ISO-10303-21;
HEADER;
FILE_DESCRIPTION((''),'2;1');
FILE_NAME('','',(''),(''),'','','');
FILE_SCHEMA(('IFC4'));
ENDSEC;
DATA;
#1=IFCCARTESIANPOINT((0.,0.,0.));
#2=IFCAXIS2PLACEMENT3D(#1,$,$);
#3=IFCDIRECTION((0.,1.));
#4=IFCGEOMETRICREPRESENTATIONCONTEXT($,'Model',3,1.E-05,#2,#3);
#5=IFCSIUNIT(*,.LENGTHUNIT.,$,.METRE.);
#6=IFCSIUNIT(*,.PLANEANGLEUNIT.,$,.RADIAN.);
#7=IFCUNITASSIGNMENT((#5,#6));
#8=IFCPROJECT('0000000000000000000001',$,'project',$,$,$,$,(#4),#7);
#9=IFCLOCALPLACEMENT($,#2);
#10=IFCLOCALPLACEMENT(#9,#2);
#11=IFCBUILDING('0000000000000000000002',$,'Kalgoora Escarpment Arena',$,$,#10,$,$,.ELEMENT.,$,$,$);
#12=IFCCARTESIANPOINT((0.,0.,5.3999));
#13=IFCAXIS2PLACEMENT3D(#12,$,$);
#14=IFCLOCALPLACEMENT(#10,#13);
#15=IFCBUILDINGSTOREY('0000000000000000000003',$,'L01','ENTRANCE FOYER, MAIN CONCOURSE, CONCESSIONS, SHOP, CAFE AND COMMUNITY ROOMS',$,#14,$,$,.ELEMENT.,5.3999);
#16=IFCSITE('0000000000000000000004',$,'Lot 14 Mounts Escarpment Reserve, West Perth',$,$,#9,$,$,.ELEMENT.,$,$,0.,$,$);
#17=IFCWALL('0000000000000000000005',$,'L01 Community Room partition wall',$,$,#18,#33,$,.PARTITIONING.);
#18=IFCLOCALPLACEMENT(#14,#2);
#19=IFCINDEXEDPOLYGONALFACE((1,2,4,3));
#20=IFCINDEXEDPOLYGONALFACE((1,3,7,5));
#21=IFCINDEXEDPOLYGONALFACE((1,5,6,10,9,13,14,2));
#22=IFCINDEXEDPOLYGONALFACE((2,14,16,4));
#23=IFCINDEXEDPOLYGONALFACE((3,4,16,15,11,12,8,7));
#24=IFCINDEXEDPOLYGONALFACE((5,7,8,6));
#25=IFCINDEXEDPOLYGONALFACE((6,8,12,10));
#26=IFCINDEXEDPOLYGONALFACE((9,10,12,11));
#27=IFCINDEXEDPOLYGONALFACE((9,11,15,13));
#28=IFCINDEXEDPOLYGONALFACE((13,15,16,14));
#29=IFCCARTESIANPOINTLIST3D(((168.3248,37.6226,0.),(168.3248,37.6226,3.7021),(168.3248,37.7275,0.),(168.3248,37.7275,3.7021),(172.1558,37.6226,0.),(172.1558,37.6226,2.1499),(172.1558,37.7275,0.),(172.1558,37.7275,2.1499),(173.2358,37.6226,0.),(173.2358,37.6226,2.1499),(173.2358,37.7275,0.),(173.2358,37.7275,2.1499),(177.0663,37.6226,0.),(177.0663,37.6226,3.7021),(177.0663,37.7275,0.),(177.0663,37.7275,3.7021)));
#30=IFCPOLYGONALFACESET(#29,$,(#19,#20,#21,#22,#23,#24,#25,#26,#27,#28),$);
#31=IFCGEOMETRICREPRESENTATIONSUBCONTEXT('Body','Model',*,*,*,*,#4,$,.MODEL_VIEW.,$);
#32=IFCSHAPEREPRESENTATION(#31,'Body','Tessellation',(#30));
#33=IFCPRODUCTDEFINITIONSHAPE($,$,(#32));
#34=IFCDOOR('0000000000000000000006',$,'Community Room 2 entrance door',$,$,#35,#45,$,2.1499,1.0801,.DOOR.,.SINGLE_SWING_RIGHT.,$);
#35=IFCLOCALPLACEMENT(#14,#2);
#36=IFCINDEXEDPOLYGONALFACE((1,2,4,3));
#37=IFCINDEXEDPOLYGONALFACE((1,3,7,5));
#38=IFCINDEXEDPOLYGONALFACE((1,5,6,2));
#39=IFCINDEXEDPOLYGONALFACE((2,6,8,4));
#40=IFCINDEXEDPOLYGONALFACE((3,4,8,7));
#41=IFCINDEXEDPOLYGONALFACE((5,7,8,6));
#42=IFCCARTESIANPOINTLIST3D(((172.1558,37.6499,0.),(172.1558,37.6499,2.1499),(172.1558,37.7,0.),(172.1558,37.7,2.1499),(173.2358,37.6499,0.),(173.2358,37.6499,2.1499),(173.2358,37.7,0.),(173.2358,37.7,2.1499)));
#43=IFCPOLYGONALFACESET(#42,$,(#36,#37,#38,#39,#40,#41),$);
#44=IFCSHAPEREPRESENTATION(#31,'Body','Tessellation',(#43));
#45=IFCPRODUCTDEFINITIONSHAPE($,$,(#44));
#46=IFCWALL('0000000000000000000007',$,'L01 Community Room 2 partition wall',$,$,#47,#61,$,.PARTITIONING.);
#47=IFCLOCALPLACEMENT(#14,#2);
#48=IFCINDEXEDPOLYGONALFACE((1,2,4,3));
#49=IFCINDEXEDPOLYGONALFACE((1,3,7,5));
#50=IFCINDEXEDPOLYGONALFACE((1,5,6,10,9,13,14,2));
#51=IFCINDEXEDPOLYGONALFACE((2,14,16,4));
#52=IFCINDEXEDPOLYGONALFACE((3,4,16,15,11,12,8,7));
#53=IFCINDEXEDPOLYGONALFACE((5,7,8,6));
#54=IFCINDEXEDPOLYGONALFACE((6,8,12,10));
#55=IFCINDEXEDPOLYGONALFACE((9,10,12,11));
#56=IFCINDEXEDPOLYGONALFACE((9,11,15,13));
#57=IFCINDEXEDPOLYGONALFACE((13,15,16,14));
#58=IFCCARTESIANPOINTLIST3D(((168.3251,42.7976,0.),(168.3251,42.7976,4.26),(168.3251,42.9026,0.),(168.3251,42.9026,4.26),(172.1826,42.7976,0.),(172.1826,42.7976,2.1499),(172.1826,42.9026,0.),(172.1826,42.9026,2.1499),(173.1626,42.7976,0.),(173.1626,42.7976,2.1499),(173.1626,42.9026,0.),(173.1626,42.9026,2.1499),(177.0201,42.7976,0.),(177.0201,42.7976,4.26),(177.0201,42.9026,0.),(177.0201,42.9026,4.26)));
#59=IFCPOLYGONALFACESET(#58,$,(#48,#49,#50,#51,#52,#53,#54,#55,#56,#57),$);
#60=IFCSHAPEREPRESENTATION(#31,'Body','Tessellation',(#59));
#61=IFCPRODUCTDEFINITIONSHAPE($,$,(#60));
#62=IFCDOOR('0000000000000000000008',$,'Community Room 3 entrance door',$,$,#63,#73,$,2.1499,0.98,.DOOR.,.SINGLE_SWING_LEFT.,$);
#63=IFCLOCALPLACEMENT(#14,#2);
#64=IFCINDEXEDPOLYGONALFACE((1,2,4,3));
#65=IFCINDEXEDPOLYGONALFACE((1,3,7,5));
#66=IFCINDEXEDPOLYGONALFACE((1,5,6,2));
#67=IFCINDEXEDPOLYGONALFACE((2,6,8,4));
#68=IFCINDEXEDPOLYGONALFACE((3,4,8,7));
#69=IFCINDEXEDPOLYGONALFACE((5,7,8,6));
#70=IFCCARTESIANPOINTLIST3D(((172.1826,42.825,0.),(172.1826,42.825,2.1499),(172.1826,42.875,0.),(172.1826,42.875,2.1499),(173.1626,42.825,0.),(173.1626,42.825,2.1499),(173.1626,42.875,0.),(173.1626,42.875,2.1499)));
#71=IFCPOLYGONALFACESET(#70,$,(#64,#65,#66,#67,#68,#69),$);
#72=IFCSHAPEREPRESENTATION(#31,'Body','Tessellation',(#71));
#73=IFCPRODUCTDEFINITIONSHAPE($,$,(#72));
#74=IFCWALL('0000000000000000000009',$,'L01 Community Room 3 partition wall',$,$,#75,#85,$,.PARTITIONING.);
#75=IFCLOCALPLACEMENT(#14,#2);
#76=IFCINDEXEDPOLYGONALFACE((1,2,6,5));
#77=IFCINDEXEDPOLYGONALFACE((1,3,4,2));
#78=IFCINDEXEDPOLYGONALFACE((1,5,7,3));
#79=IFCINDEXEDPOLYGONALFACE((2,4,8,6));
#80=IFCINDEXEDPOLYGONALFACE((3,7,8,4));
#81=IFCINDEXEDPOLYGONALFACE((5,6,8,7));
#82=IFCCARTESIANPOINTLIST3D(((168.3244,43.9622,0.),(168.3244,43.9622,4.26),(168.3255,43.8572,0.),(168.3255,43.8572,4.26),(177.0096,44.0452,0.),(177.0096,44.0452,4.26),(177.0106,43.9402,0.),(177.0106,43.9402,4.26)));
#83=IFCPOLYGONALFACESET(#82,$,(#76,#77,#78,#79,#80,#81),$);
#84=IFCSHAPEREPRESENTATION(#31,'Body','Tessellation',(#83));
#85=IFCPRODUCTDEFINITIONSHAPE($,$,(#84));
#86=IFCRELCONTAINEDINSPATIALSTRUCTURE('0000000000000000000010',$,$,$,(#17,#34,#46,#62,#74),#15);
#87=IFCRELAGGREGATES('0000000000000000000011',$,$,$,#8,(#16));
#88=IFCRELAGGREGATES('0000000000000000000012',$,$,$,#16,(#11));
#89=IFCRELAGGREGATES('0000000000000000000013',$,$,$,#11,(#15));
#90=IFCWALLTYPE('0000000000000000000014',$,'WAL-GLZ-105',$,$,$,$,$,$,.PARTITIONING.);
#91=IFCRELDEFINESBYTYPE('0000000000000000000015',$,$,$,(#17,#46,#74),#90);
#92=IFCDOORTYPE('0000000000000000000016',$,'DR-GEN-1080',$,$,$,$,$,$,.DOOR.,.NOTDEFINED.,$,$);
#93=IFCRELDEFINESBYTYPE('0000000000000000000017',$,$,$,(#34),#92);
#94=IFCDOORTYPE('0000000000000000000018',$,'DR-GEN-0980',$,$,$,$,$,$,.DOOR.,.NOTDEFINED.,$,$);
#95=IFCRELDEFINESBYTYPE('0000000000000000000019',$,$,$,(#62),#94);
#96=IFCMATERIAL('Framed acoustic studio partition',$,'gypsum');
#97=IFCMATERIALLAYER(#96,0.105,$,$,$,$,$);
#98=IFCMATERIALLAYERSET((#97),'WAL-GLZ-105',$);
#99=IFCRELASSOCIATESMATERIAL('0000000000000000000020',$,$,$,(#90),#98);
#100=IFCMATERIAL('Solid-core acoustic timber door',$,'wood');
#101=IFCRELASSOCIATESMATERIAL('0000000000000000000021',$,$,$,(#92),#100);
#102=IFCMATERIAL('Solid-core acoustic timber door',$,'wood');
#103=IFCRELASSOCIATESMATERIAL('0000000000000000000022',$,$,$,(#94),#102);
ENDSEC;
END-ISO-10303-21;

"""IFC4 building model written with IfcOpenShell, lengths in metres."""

from ifc_helpers import new_model, si_unit, direction, frame, frame_2d, origin, place, context, subcontext, project, spatial, rectangle, extrude, material, layer, layer_set, type_object, element, fill, save


model = new_model("IFC4")

# Units and contexts
model_context = context("Model", 3, precision=1e-05, world=origin(), true_north=direction((0.0, 1.0)))
body_context = subcontext(model_context, "Body", "Model", "MODEL_VIEW")
ifc_project = project(units=[si_unit("LENGTHUNIT", "METRE"), si_unit("PLANEANGLEUNIT", "RADIAN")], contexts=[model_context])

# Site, building, storey
site_placement = place(None, origin())
site = spatial("IfcSite", under=ifc_project, at=site_placement, Name="Lot 14 Mounts Escarpment Reserve, West Perth", CompositionType="ELEMENT", RefElevation=0.0)
building_placement = place(site_placement, origin())
building = spatial("IfcBuilding", under=site, at=building_placement, Name="Kalgoora Escarpment Arena", CompositionType="ELEMENT")
storey_placement = place(building_placement, frame((0.0, 0.0, 5.3999)))
storey = spatial("IfcBuildingStorey", under=building, at=storey_placement, Name="L01", Description="ENTRANCE FOYER, MAIN CONCOURSE, CONCESSIONS, SHOP, CAFE AND COMMUNITY ROOMS", CompositionType="ELEMENT", Elevation=5.3999)

# Walls, openings, doors
ifc_material_1 = material(Name="Framed acoustic studio partition", Category="gypsum")
ifc_layer_1 = layer(ifc_material_1, 0.105)
ifc_layer_set_1 = layer_set([ifc_layer_1], Name="WAL-GLZ-105")
wall_type = type_object("IfcWallType", Name="WAL-GLZ-105", PredefinedType="PARTITIONING", material=ifc_layer_set_1)
wall_1_placement = place(storey_placement, frame((168.325, 37.675, 0.0), z_axis=(0.0, 0.0, 1.0), x_axis=(1.0, 0.0, 0.0)))
wall_1 = element("IfcWall", 1, at=wall_1_placement, inside=storey, type_object=wall_type, Name="L01 Community Room partition wall", PredefinedType="PARTITIONING", context=body_context, shape_type="SweptSolid", body=[
    extrude(rectangle(XDim=8.7415, YDim=0.105, at=frame_2d((4.3706, 0.0))), origin(), (0.0, 0.0, 1.0), 3.7021),
])
opening_1_placement = place(wall_1_placement, frame((3.8308, 0.0, 0.0)))
opening_1 = element("IfcOpeningElement", 2, at=opening_1_placement, cuts=wall_1, PredefinedType="OPENING", context=body_context, shape_type="SweptSolid", body=[
    extrude(rectangle(XDim=1.0801, YDim=2.1499, at=frame_2d((0.54, 1.075))), frame((0.0, 0.0625, 0.0), z_axis=(0.0, -1.0, 0.0), x_axis=(1.0, 0.0, 0.0)), (0.0, 0.0, 1.0), 0.125),
])
ifc_material_2 = material(Name="Solid-core acoustic timber door", Category="wood")
door_type_1 = type_object("IfcDoorType", Name="DR-GEN-1080", OperationType="NOTDEFINED", PredefinedType="DOOR", material=ifc_material_2)
door_1_placement = place(opening_1_placement, origin())
door_1 = element("IfcDoor", 3, at=door_1_placement, inside=storey, type_object=door_type_1, Name="Community Room 2 entrance door", OperationType="SINGLE_SWING_RIGHT", OverallHeight=2.1499, OverallWidth=1.0801, PredefinedType="DOOR", context=body_context, shape_type="SweptSolid", body=[
    extrude(rectangle(XDim=1.0801, YDim=2.1499, at=frame_2d((0.54, 1.075))), frame((0.0, 0.0249, 0.0), z_axis=(0.0, -1.0, 0.0), x_axis=(1.0, 0.0, 0.0)), (0.0, 0.0, 1.0), 0.05),
])
fill(opening_1, door_1)
wall_2_placement = place(storey_placement, frame((168.325, 42.8501, 0.0), z_axis=(0.0, 0.0, 1.0), x_axis=(1.0, 0.0, 0.0)))
wall_2 = element("IfcWall", 4, at=wall_2_placement, inside=storey, type_object=wall_type, Name="L01 Community Room 2 partition wall", PredefinedType="PARTITIONING", context=body_context, shape_type="SweptSolid", body=[
    extrude(rectangle(XDim=8.6951, YDim=0.105, at=frame_2d((4.3477, 0.0))), origin(), (0.0, 0.0, 1.0), 4.26),
])
opening_2_placement = place(wall_2_placement, frame((3.8577, 0.0, 0.0)))
opening_2 = element("IfcOpeningElement", 5, at=opening_2_placement, cuts=wall_2, PredefinedType="OPENING", context=body_context, shape_type="SweptSolid", body=[
    extrude(rectangle(XDim=0.98, YDim=2.1499, at=frame_2d((0.49, 1.075))), frame((0.0, 0.0625, 0.0), z_axis=(0.0, -1.0, 0.0), x_axis=(1.0, 0.0, 0.0)), (0.0, 0.0, 1.0), 0.125),
])
ifc_material_3 = material(Name="Solid-core acoustic timber door", Category="wood")
door_type_2 = type_object("IfcDoorType", Name="DR-GEN-0980", OperationType="NOTDEFINED", PredefinedType="DOOR", material=ifc_material_3)
door_2_placement = place(opening_2_placement, origin())
door_2 = element("IfcDoor", 6, at=door_2_placement, inside=storey, type_object=door_type_2, Name="Community Room 3 entrance door", OperationType="SINGLE_SWING_LEFT", OverallHeight=2.1499, OverallWidth=0.98, PredefinedType="DOOR", context=body_context, shape_type="SweptSolid", body=[
    extrude(rectangle(XDim=0.98, YDim=2.1499, at=frame_2d((0.49, 1.075))), frame((0.0, 0.0249, 0.0), z_axis=(0.0, -1.0, 0.0), x_axis=(1.0, 0.0, 0.0)), (0.0, 0.0, 1.0), 0.05),
])
fill(opening_2, door_2)

# Wall
wall_3_placement = place(storey_placement, frame((168.325, 43.9097, 0.0), z_axis=(0.0, 0.0, 1.0), x_axis=(0.999954, 0.009557, 0.0)))
element("IfcWall", 7, at=wall_3_placement, inside=storey, type_object=wall_type, Name="L01 Community Room 3 partition wall", PredefinedType="PARTITIONING", context=body_context, shape_type="SweptSolid", body=[
    extrude(rectangle(XDim=8.6855, YDim=0.105, at=frame_2d((4.3428, 0.0))), origin(), (0.0, 0.0, 1.0), 4.26),
])

save(model, "model.ifc")
